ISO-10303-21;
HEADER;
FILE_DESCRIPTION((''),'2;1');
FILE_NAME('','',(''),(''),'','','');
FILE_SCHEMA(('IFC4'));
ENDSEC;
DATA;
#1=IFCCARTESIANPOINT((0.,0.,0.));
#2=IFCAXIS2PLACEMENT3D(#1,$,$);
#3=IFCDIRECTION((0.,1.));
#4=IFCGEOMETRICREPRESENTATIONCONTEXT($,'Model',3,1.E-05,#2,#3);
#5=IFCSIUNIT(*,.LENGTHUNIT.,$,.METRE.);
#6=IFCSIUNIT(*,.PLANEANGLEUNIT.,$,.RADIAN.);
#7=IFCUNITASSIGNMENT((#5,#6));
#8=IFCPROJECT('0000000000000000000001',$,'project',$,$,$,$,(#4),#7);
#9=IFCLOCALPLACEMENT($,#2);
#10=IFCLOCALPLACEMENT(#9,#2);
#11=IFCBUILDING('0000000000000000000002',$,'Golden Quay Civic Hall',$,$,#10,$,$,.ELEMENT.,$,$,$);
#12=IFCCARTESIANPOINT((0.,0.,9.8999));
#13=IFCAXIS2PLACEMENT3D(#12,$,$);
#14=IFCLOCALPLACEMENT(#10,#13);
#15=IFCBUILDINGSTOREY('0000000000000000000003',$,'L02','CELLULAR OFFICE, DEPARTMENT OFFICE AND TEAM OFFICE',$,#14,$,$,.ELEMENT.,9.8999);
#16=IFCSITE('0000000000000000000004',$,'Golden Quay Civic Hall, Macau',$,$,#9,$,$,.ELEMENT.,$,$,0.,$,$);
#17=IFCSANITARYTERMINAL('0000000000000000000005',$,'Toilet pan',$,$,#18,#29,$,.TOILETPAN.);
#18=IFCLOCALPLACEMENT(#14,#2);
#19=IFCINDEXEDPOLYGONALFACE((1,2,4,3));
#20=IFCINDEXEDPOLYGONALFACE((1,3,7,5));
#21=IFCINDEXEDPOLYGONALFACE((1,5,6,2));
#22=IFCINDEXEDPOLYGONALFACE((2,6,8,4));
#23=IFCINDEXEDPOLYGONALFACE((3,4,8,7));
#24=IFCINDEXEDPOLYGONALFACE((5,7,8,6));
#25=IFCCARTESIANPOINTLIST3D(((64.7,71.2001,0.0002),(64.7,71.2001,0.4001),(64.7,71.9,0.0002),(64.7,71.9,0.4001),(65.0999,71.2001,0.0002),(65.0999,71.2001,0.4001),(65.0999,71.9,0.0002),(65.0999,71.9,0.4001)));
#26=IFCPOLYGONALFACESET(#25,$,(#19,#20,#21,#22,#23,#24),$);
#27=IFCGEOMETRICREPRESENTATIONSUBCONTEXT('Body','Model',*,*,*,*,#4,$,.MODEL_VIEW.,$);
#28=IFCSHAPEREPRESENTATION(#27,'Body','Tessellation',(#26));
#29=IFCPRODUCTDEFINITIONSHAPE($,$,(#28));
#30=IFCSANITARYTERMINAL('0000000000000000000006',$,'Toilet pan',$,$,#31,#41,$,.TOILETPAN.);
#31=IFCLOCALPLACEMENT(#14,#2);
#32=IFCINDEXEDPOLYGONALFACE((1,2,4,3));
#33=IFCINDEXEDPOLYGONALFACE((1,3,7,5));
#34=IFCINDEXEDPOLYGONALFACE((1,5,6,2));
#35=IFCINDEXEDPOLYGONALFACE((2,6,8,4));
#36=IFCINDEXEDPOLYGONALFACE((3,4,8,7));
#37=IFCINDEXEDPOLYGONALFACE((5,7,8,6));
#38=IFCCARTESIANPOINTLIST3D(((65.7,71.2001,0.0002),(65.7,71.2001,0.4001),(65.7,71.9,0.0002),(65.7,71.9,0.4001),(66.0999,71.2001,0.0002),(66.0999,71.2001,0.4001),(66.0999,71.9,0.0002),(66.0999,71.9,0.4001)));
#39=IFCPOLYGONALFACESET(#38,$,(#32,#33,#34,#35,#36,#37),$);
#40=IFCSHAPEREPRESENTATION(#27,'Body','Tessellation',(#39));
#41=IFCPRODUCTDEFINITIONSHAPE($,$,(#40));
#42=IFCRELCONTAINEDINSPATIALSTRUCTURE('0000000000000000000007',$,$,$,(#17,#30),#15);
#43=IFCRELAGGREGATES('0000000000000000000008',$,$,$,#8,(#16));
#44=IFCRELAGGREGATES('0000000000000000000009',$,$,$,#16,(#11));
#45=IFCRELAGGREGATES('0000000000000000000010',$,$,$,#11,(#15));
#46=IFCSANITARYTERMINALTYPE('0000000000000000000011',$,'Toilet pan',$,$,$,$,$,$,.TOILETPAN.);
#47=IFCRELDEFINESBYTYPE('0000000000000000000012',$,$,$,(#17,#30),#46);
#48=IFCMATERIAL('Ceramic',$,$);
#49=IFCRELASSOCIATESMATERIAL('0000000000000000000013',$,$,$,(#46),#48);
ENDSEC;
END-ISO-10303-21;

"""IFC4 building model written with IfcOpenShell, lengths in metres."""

from ifc_helpers import new_model, si_unit, direction, frame, origin, origin_2d, place, context, subcontext, project, spatial, rectangle, extrude, material, type_object, element, save


model = new_model("IFC4")

# Units and contexts
model_context = context("Model", 3, precision=1e-05, world=origin(), true_north=direction((0.0, 1.0)))
body_context = subcontext(model_context, "Body", "Model", "MODEL_VIEW")
ifc_project = project(units=[si_unit("LENGTHUNIT", "METRE"), si_unit("PLANEANGLEUNIT", "RADIAN")], contexts=[model_context])

# Site, building, storey
site_placement = place(None, origin())
site = spatial("IfcSite", under=ifc_project, at=site_placement, Name="Golden Quay Civic Hall, Macau", CompositionType="ELEMENT", RefElevation=0.0)
building_placement = place(site_placement, origin())
building = spatial("IfcBuilding", under=site, at=building_placement, Name="Golden Quay Civic Hall", CompositionType="ELEMENT")
storey_placement = place(building_placement, frame((0.0, 0.0, 9.8999)))
storey = spatial("IfcBuildingStorey", under=building, at=storey_placement, Name="L02", Description="CELLULAR OFFICE, DEPARTMENT OFFICE AND TEAM OFFICE", CompositionType="ELEMENT", Elevation=9.8999)

# Sanitary terminals
ifc_material_1 = material(Name="Ceramic")
sanitary_terminal_type = type_object("IfcSanitaryTerminalType", Name="Toilet pan", PredefinedType="TOILETPAN", material=ifc_material_1)
for number, where, z_axis, x_axis, name in (
    (1, (64.8999, 71.55, 0.0002), (0.0, 0.0, 1.0), (1.0, 0.0, 0.0), "Toilet pan"),
    (2, (65.8999, 71.55, 0.0002), (0.0, 0.0, 1.0), (1.0, 0.0, 0.0), "Toilet pan"),
):
    element("IfcSanitaryTerminal", number, at=place(storey_placement, frame(where, z_axis=z_axis, x_axis=x_axis)), inside=storey, type_object=sanitary_terminal_type, Name=name, PredefinedType="TOILETPAN", context=body_context, shape_type="SweptSolid", body=[
        extrude(rectangle(XDim=0.3999, YDim=0.7, at=origin_2d()), origin(), (0.0, 0.0, 1.0), 0.3999),
    ])

save(model, "model.ifc")
